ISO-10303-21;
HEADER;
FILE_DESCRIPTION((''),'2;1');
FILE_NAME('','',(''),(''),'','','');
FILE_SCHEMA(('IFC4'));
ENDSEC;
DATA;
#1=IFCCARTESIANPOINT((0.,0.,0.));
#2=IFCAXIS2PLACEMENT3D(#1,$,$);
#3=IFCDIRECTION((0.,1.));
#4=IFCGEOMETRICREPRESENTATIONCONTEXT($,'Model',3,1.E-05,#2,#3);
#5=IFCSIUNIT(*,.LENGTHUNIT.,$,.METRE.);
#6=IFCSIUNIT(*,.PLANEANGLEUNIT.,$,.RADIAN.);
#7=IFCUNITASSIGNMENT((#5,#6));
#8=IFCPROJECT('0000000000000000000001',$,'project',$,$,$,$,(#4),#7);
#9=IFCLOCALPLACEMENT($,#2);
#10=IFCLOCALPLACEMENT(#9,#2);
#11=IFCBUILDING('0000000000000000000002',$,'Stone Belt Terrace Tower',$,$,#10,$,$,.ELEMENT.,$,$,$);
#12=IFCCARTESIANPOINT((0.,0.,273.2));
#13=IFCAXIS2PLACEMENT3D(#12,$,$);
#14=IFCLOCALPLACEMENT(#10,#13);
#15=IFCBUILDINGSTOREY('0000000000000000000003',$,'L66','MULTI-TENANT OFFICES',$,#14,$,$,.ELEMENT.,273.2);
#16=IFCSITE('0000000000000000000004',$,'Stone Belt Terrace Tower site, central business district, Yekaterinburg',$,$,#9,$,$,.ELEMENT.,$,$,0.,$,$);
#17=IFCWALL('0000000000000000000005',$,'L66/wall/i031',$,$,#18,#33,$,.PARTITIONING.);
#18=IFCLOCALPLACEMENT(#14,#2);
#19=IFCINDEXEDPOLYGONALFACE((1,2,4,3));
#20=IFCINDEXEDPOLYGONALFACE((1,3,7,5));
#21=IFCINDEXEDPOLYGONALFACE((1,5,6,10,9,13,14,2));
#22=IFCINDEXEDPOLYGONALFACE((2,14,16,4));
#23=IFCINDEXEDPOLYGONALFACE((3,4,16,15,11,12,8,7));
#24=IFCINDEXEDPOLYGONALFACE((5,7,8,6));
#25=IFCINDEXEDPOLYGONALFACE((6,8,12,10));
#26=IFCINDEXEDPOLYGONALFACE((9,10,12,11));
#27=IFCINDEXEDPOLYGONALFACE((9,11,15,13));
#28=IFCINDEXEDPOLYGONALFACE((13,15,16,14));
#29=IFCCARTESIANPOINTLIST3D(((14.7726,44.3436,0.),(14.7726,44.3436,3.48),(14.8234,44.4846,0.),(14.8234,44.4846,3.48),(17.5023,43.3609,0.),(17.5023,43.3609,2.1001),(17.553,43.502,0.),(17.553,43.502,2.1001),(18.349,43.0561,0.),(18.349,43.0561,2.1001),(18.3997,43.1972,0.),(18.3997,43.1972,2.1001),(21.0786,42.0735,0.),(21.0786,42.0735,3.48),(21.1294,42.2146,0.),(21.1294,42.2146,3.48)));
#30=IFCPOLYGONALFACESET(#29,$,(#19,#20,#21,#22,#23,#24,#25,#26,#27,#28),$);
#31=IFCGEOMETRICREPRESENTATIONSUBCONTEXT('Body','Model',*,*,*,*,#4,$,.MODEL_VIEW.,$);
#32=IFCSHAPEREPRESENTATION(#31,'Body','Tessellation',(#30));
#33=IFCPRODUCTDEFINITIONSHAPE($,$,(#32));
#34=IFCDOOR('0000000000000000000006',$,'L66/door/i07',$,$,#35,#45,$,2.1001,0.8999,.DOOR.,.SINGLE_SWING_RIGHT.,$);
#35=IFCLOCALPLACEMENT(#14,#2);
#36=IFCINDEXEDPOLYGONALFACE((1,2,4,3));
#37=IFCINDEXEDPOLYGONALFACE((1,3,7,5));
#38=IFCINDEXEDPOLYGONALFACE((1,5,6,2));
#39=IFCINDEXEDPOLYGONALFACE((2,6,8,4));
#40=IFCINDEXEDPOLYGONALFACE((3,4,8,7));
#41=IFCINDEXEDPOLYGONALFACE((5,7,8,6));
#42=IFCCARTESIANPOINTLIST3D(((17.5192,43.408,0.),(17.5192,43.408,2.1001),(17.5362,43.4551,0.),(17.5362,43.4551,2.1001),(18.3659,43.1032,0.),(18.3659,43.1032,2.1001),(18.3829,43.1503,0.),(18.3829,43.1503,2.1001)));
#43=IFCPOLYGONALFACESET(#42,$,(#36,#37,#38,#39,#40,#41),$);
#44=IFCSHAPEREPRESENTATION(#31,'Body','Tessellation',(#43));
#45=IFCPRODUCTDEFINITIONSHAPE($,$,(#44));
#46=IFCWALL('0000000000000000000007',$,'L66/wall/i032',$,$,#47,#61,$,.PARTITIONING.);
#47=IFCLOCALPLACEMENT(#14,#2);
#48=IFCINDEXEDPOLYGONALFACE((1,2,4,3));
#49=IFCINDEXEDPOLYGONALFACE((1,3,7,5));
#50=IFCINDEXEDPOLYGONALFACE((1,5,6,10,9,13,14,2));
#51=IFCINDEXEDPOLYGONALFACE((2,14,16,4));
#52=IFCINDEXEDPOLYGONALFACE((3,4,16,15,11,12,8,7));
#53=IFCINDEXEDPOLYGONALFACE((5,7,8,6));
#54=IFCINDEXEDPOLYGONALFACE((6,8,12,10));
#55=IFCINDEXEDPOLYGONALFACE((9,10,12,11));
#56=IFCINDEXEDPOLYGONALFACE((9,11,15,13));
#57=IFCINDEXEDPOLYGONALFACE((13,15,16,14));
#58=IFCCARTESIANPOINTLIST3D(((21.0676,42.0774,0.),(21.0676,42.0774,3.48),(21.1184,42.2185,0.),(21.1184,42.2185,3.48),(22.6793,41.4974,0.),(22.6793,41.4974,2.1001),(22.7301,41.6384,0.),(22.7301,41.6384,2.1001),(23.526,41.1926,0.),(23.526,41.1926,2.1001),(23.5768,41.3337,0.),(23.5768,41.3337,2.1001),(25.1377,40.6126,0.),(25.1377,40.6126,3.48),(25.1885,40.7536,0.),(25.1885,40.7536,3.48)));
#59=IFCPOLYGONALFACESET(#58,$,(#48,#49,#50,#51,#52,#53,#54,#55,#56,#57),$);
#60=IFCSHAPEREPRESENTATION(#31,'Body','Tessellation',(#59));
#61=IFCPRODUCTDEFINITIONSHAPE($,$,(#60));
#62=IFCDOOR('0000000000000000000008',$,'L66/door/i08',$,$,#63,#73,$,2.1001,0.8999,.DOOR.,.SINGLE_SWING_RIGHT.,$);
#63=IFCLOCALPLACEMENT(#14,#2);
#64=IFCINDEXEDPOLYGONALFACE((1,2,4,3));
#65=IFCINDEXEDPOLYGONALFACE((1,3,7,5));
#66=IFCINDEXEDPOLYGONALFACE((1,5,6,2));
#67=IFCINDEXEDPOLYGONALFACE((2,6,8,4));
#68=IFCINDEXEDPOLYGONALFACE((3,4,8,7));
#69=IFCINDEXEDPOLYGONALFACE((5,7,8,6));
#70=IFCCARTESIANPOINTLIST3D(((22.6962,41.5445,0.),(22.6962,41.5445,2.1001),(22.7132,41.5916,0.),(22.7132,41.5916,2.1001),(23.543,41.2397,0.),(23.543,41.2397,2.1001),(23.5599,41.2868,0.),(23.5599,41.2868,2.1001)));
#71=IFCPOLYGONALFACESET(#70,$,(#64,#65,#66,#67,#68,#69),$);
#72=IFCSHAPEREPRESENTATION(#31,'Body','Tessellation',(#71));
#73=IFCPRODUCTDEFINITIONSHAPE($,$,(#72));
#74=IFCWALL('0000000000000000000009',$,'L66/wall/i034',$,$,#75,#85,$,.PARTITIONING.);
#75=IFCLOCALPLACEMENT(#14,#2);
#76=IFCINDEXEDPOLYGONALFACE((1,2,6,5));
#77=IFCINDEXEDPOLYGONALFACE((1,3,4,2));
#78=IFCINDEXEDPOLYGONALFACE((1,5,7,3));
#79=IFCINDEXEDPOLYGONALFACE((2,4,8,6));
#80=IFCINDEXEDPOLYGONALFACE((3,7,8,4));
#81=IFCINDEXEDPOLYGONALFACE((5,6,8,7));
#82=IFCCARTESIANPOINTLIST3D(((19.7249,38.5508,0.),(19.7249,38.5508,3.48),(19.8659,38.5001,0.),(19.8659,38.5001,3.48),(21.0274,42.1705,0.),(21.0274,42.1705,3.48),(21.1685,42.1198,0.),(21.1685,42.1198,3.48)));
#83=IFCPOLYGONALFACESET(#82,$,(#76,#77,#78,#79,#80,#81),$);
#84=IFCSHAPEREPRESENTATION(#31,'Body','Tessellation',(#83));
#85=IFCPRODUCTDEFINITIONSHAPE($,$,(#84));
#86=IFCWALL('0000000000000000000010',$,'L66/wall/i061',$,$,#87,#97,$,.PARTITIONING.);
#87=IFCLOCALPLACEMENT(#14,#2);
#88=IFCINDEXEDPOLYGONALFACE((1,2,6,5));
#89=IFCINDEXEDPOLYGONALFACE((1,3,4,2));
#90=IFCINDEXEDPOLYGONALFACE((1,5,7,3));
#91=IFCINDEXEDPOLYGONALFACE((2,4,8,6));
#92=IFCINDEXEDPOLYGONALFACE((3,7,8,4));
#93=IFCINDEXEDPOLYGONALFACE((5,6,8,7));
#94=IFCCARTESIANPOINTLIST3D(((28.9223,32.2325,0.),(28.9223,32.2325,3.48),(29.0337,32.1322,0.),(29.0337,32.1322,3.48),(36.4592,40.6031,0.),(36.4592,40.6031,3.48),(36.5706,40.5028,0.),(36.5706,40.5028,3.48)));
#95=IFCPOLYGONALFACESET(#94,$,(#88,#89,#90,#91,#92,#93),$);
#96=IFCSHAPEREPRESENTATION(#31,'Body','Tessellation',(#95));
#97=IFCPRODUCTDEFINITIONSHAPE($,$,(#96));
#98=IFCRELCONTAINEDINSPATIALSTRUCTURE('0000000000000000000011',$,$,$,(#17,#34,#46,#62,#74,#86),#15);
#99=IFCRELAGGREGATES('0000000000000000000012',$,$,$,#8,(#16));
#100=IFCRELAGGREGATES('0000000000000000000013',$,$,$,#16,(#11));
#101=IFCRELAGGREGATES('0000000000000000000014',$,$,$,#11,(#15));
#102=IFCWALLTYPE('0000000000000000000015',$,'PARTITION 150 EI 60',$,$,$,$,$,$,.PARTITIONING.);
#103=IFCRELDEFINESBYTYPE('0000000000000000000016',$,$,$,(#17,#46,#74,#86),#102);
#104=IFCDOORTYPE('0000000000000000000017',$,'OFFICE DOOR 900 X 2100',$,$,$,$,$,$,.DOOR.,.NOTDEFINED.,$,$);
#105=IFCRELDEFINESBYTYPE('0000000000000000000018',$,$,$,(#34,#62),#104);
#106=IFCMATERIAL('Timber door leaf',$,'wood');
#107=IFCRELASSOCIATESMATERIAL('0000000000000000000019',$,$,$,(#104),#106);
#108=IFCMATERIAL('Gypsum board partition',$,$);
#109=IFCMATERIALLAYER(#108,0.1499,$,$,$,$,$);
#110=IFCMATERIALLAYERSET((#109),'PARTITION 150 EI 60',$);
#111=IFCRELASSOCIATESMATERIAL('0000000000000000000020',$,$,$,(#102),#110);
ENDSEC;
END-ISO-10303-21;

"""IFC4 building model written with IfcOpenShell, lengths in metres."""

from ifc_helpers import new_model, si_unit, direction, frame, frame_2d, origin, place, context, subcontext, project, spatial, rectangle, extrude, material, layer, layer_set, type_object, element, fill, save


model = new_model("IFC4")

# Units and contexts
model_context = context("Model", 3, precision=1e-05, world=origin(), true_north=direction((0.0, 1.0)))
body_context = subcontext(model_context, "Body", "Model", "MODEL_VIEW")
ifc_project = project(units=[si_unit("LENGTHUNIT", "METRE"), si_unit("PLANEANGLEUNIT", "RADIAN")], contexts=[model_context])

# Site, building, storey
site_placement = place(None, origin())
site = spatial("IfcSite", under=ifc_project, at=site_placement, Name="Stone Belt Terrace Tower site, central business district, Yekaterinburg", CompositionType="ELEMENT", RefElevation=0.0)
building_placement = place(site_placement, origin())
building = spatial("IfcBuilding", under=site, at=building_placement, Name="Stone Belt Terrace Tower", CompositionType="ELEMENT")
storey_placement = place(building_placement, frame((0.0, 0.0, 273.2)))
storey = spatial("IfcBuildingStorey", under=building, at=storey_placement, Name="L66", Description="MULTI-TENANT OFFICES", CompositionType="ELEMENT", Elevation=273.2)

# Shared definitions
ifc_material_1 = material(Name="Gypsum board partition")
ifc_material_2 = material(Name="Timber door leaf", Category="wood")
door_type_1 = type_object("IfcDoorType", Name="OFFICE DOOR 900 X 2100", OperationType="NOTDEFINED", PredefinedType="DOOR", material=ifc_material_2)

# Shared definitions
ifc_layer_1 = layer(ifc_material_1, 0.1499)
ifc_layer_set_1 = layer_set([ifc_layer_1], Name="PARTITION 150 EI 60")
wall_type_1 = type_object("IfcWallType", Name="PARTITION 150 EI 60", PredefinedType="PARTITIONING", material=ifc_layer_set_1)

# Walls, openings, doors
wall_1_placement = place(storey_placement, frame((21.104, 42.144, 0.0), z_axis=(0.0, 0.0, 1.0), x_axis=(-0.940893, 0.338705, 0.0)))
wall_1 = element("IfcWall", 1, at=wall_1_placement, inside=storey, type_object=wall_type_1, Name="L66/wall/i031", PredefinedType="PARTITIONING", context=body_context, shape_type="SweptSolid", body=[
    extrude(rectangle(XDim=6.7021, YDim=0.1499, at=frame_2d((3.3511, 0.0))), origin(), (0.0, 0.0, 1.0), 3.48),
])
opening_1_placement = place(wall_1_placement, frame((2.9011, 0.0, 0.0)))
opening_1 = element("IfcOpeningElement", 2, at=opening_1_placement, cuts=wall_1, PredefinedType="OPENING", context=body_context, shape_type="SweptSolid", body=[
    extrude(rectangle(XDim=0.8999, YDim=2.1001, at=frame_2d((0.45, 1.05))), frame((0.0, 0.085, 0.0), z_axis=(0.0, -1.0, 0.0), x_axis=(1.0, 0.0, 0.0)), (0.0, 0.0, 1.0), 0.1699),
])
door_1_placement = place(opening_1_placement, origin())
door_1 = element("IfcDoor", 3, at=door_1_placement, inside=storey, type_object=door_type_1, Name="L66/door/i07", OperationType="SINGLE_SWING_RIGHT", OverallHeight=2.1001, OverallWidth=0.8999, PredefinedType="DOOR", context=body_context, shape_type="SweptSolid", body=[
    extrude(rectangle(XDim=0.8999, YDim=2.1001, at=frame_2d((0.45, 1.05))), frame((0.0, 0.0249, 0.0), z_axis=(0.0, -1.0, 0.0), x_axis=(1.0, 0.0, 0.0)), (0.0, 0.0, 1.0), 0.05),
])
fill(opening_1, door_1)
wall_2_placement = place(storey_placement, frame((25.1631, 40.6831, 0.0), z_axis=(0.0, 0.0, 1.0), x_axis=(-0.940915, 0.338642, 0.0)))
wall_2 = element("IfcWall", 4, at=wall_2_placement, inside=storey, type_object=wall_type_1, Name="L66/wall/i032", PredefinedType="PARTITIONING", context=body_context, shape_type="SweptSolid", body=[
    extrude(rectangle(XDim=4.3257, YDim=0.1499, at=frame_2d((2.1628, 0.0))), origin(), (0.0, 0.0, 1.0), 3.48),
])
opening_2_placement = place(wall_2_placement, frame((1.7129, 0.0, 0.0)))
opening_2 = element("IfcOpeningElement", 5, at=opening_2_placement, cuts=wall_2, PredefinedType="OPENING", context=body_context, shape_type="SweptSolid", body=[
    extrude(rectangle(XDim=0.8999, YDim=2.1001, at=frame_2d((0.45, 1.05))), frame((0.0, 0.085, 0.0), z_axis=(0.0, -1.0, 0.0), x_axis=(1.0, 0.0, 0.0)), (0.0, 0.0, 1.0), 0.1699),
])
door_2_placement = place(opening_2_placement, origin())
door_2 = element("IfcDoor", 6, at=door_2_placement, inside=storey, type_object=door_type_1, Name="L66/door/i08", OperationType="SINGLE_SWING_RIGHT", OverallHeight=2.1001, OverallWidth=0.8999, PredefinedType="DOOR", context=body_context, shape_type="SweptSolid", body=[
    extrude(rectangle(XDim=0.8999, YDim=2.1001, at=frame_2d((0.45, 1.05))), frame((0.0, 0.0249, 0.0), z_axis=(0.0, -1.0, 0.0), x_axis=(1.0, 0.0, 0.0)), (0.0, 0.0, 1.0), 0.05),
])
fill(opening_2, door_2)

# Walls
wall_3_placement = place(storey_placement, frame((21.0979, 42.145, 0.0), z_axis=(0.0, 0.0, 1.0), x_axis=(-0.338587, -0.940935, 0.0)))
element("IfcWall", 7, at=wall_3_placement, inside=storey, type_object=wall_type_1, Name="L66/wall/i034", PredefinedType="PARTITIONING", context=body_context, shape_type="SweptSolid", body=[
    extrude(rectangle(XDim=3.8469, YDim=0.1499, at=frame_2d((1.9233, 0.0))), origin(), (0.0, 0.0, 1.0), 3.48),
])
wall_4_placement = place(storey_placement, frame((28.978, 32.1824, 0.0), z_axis=(0.0, 0.0, 1.0), x_axis=(0.669128, 0.743148, 0.0)))
element("IfcWall", 8, at=wall_4_placement, inside=storey, type_object=wall_type_1, Name="L66/wall/i061", PredefinedType="PARTITIONING", context=body_context, shape_type="SweptSolid", body=[
    extrude(rectangle(XDim=11.2637, YDim=0.1499, at=frame_2d((5.6318, 0.0))), origin(), (0.0, 0.0, 1.0), 3.48),
])

save(model, "model.ifc")
